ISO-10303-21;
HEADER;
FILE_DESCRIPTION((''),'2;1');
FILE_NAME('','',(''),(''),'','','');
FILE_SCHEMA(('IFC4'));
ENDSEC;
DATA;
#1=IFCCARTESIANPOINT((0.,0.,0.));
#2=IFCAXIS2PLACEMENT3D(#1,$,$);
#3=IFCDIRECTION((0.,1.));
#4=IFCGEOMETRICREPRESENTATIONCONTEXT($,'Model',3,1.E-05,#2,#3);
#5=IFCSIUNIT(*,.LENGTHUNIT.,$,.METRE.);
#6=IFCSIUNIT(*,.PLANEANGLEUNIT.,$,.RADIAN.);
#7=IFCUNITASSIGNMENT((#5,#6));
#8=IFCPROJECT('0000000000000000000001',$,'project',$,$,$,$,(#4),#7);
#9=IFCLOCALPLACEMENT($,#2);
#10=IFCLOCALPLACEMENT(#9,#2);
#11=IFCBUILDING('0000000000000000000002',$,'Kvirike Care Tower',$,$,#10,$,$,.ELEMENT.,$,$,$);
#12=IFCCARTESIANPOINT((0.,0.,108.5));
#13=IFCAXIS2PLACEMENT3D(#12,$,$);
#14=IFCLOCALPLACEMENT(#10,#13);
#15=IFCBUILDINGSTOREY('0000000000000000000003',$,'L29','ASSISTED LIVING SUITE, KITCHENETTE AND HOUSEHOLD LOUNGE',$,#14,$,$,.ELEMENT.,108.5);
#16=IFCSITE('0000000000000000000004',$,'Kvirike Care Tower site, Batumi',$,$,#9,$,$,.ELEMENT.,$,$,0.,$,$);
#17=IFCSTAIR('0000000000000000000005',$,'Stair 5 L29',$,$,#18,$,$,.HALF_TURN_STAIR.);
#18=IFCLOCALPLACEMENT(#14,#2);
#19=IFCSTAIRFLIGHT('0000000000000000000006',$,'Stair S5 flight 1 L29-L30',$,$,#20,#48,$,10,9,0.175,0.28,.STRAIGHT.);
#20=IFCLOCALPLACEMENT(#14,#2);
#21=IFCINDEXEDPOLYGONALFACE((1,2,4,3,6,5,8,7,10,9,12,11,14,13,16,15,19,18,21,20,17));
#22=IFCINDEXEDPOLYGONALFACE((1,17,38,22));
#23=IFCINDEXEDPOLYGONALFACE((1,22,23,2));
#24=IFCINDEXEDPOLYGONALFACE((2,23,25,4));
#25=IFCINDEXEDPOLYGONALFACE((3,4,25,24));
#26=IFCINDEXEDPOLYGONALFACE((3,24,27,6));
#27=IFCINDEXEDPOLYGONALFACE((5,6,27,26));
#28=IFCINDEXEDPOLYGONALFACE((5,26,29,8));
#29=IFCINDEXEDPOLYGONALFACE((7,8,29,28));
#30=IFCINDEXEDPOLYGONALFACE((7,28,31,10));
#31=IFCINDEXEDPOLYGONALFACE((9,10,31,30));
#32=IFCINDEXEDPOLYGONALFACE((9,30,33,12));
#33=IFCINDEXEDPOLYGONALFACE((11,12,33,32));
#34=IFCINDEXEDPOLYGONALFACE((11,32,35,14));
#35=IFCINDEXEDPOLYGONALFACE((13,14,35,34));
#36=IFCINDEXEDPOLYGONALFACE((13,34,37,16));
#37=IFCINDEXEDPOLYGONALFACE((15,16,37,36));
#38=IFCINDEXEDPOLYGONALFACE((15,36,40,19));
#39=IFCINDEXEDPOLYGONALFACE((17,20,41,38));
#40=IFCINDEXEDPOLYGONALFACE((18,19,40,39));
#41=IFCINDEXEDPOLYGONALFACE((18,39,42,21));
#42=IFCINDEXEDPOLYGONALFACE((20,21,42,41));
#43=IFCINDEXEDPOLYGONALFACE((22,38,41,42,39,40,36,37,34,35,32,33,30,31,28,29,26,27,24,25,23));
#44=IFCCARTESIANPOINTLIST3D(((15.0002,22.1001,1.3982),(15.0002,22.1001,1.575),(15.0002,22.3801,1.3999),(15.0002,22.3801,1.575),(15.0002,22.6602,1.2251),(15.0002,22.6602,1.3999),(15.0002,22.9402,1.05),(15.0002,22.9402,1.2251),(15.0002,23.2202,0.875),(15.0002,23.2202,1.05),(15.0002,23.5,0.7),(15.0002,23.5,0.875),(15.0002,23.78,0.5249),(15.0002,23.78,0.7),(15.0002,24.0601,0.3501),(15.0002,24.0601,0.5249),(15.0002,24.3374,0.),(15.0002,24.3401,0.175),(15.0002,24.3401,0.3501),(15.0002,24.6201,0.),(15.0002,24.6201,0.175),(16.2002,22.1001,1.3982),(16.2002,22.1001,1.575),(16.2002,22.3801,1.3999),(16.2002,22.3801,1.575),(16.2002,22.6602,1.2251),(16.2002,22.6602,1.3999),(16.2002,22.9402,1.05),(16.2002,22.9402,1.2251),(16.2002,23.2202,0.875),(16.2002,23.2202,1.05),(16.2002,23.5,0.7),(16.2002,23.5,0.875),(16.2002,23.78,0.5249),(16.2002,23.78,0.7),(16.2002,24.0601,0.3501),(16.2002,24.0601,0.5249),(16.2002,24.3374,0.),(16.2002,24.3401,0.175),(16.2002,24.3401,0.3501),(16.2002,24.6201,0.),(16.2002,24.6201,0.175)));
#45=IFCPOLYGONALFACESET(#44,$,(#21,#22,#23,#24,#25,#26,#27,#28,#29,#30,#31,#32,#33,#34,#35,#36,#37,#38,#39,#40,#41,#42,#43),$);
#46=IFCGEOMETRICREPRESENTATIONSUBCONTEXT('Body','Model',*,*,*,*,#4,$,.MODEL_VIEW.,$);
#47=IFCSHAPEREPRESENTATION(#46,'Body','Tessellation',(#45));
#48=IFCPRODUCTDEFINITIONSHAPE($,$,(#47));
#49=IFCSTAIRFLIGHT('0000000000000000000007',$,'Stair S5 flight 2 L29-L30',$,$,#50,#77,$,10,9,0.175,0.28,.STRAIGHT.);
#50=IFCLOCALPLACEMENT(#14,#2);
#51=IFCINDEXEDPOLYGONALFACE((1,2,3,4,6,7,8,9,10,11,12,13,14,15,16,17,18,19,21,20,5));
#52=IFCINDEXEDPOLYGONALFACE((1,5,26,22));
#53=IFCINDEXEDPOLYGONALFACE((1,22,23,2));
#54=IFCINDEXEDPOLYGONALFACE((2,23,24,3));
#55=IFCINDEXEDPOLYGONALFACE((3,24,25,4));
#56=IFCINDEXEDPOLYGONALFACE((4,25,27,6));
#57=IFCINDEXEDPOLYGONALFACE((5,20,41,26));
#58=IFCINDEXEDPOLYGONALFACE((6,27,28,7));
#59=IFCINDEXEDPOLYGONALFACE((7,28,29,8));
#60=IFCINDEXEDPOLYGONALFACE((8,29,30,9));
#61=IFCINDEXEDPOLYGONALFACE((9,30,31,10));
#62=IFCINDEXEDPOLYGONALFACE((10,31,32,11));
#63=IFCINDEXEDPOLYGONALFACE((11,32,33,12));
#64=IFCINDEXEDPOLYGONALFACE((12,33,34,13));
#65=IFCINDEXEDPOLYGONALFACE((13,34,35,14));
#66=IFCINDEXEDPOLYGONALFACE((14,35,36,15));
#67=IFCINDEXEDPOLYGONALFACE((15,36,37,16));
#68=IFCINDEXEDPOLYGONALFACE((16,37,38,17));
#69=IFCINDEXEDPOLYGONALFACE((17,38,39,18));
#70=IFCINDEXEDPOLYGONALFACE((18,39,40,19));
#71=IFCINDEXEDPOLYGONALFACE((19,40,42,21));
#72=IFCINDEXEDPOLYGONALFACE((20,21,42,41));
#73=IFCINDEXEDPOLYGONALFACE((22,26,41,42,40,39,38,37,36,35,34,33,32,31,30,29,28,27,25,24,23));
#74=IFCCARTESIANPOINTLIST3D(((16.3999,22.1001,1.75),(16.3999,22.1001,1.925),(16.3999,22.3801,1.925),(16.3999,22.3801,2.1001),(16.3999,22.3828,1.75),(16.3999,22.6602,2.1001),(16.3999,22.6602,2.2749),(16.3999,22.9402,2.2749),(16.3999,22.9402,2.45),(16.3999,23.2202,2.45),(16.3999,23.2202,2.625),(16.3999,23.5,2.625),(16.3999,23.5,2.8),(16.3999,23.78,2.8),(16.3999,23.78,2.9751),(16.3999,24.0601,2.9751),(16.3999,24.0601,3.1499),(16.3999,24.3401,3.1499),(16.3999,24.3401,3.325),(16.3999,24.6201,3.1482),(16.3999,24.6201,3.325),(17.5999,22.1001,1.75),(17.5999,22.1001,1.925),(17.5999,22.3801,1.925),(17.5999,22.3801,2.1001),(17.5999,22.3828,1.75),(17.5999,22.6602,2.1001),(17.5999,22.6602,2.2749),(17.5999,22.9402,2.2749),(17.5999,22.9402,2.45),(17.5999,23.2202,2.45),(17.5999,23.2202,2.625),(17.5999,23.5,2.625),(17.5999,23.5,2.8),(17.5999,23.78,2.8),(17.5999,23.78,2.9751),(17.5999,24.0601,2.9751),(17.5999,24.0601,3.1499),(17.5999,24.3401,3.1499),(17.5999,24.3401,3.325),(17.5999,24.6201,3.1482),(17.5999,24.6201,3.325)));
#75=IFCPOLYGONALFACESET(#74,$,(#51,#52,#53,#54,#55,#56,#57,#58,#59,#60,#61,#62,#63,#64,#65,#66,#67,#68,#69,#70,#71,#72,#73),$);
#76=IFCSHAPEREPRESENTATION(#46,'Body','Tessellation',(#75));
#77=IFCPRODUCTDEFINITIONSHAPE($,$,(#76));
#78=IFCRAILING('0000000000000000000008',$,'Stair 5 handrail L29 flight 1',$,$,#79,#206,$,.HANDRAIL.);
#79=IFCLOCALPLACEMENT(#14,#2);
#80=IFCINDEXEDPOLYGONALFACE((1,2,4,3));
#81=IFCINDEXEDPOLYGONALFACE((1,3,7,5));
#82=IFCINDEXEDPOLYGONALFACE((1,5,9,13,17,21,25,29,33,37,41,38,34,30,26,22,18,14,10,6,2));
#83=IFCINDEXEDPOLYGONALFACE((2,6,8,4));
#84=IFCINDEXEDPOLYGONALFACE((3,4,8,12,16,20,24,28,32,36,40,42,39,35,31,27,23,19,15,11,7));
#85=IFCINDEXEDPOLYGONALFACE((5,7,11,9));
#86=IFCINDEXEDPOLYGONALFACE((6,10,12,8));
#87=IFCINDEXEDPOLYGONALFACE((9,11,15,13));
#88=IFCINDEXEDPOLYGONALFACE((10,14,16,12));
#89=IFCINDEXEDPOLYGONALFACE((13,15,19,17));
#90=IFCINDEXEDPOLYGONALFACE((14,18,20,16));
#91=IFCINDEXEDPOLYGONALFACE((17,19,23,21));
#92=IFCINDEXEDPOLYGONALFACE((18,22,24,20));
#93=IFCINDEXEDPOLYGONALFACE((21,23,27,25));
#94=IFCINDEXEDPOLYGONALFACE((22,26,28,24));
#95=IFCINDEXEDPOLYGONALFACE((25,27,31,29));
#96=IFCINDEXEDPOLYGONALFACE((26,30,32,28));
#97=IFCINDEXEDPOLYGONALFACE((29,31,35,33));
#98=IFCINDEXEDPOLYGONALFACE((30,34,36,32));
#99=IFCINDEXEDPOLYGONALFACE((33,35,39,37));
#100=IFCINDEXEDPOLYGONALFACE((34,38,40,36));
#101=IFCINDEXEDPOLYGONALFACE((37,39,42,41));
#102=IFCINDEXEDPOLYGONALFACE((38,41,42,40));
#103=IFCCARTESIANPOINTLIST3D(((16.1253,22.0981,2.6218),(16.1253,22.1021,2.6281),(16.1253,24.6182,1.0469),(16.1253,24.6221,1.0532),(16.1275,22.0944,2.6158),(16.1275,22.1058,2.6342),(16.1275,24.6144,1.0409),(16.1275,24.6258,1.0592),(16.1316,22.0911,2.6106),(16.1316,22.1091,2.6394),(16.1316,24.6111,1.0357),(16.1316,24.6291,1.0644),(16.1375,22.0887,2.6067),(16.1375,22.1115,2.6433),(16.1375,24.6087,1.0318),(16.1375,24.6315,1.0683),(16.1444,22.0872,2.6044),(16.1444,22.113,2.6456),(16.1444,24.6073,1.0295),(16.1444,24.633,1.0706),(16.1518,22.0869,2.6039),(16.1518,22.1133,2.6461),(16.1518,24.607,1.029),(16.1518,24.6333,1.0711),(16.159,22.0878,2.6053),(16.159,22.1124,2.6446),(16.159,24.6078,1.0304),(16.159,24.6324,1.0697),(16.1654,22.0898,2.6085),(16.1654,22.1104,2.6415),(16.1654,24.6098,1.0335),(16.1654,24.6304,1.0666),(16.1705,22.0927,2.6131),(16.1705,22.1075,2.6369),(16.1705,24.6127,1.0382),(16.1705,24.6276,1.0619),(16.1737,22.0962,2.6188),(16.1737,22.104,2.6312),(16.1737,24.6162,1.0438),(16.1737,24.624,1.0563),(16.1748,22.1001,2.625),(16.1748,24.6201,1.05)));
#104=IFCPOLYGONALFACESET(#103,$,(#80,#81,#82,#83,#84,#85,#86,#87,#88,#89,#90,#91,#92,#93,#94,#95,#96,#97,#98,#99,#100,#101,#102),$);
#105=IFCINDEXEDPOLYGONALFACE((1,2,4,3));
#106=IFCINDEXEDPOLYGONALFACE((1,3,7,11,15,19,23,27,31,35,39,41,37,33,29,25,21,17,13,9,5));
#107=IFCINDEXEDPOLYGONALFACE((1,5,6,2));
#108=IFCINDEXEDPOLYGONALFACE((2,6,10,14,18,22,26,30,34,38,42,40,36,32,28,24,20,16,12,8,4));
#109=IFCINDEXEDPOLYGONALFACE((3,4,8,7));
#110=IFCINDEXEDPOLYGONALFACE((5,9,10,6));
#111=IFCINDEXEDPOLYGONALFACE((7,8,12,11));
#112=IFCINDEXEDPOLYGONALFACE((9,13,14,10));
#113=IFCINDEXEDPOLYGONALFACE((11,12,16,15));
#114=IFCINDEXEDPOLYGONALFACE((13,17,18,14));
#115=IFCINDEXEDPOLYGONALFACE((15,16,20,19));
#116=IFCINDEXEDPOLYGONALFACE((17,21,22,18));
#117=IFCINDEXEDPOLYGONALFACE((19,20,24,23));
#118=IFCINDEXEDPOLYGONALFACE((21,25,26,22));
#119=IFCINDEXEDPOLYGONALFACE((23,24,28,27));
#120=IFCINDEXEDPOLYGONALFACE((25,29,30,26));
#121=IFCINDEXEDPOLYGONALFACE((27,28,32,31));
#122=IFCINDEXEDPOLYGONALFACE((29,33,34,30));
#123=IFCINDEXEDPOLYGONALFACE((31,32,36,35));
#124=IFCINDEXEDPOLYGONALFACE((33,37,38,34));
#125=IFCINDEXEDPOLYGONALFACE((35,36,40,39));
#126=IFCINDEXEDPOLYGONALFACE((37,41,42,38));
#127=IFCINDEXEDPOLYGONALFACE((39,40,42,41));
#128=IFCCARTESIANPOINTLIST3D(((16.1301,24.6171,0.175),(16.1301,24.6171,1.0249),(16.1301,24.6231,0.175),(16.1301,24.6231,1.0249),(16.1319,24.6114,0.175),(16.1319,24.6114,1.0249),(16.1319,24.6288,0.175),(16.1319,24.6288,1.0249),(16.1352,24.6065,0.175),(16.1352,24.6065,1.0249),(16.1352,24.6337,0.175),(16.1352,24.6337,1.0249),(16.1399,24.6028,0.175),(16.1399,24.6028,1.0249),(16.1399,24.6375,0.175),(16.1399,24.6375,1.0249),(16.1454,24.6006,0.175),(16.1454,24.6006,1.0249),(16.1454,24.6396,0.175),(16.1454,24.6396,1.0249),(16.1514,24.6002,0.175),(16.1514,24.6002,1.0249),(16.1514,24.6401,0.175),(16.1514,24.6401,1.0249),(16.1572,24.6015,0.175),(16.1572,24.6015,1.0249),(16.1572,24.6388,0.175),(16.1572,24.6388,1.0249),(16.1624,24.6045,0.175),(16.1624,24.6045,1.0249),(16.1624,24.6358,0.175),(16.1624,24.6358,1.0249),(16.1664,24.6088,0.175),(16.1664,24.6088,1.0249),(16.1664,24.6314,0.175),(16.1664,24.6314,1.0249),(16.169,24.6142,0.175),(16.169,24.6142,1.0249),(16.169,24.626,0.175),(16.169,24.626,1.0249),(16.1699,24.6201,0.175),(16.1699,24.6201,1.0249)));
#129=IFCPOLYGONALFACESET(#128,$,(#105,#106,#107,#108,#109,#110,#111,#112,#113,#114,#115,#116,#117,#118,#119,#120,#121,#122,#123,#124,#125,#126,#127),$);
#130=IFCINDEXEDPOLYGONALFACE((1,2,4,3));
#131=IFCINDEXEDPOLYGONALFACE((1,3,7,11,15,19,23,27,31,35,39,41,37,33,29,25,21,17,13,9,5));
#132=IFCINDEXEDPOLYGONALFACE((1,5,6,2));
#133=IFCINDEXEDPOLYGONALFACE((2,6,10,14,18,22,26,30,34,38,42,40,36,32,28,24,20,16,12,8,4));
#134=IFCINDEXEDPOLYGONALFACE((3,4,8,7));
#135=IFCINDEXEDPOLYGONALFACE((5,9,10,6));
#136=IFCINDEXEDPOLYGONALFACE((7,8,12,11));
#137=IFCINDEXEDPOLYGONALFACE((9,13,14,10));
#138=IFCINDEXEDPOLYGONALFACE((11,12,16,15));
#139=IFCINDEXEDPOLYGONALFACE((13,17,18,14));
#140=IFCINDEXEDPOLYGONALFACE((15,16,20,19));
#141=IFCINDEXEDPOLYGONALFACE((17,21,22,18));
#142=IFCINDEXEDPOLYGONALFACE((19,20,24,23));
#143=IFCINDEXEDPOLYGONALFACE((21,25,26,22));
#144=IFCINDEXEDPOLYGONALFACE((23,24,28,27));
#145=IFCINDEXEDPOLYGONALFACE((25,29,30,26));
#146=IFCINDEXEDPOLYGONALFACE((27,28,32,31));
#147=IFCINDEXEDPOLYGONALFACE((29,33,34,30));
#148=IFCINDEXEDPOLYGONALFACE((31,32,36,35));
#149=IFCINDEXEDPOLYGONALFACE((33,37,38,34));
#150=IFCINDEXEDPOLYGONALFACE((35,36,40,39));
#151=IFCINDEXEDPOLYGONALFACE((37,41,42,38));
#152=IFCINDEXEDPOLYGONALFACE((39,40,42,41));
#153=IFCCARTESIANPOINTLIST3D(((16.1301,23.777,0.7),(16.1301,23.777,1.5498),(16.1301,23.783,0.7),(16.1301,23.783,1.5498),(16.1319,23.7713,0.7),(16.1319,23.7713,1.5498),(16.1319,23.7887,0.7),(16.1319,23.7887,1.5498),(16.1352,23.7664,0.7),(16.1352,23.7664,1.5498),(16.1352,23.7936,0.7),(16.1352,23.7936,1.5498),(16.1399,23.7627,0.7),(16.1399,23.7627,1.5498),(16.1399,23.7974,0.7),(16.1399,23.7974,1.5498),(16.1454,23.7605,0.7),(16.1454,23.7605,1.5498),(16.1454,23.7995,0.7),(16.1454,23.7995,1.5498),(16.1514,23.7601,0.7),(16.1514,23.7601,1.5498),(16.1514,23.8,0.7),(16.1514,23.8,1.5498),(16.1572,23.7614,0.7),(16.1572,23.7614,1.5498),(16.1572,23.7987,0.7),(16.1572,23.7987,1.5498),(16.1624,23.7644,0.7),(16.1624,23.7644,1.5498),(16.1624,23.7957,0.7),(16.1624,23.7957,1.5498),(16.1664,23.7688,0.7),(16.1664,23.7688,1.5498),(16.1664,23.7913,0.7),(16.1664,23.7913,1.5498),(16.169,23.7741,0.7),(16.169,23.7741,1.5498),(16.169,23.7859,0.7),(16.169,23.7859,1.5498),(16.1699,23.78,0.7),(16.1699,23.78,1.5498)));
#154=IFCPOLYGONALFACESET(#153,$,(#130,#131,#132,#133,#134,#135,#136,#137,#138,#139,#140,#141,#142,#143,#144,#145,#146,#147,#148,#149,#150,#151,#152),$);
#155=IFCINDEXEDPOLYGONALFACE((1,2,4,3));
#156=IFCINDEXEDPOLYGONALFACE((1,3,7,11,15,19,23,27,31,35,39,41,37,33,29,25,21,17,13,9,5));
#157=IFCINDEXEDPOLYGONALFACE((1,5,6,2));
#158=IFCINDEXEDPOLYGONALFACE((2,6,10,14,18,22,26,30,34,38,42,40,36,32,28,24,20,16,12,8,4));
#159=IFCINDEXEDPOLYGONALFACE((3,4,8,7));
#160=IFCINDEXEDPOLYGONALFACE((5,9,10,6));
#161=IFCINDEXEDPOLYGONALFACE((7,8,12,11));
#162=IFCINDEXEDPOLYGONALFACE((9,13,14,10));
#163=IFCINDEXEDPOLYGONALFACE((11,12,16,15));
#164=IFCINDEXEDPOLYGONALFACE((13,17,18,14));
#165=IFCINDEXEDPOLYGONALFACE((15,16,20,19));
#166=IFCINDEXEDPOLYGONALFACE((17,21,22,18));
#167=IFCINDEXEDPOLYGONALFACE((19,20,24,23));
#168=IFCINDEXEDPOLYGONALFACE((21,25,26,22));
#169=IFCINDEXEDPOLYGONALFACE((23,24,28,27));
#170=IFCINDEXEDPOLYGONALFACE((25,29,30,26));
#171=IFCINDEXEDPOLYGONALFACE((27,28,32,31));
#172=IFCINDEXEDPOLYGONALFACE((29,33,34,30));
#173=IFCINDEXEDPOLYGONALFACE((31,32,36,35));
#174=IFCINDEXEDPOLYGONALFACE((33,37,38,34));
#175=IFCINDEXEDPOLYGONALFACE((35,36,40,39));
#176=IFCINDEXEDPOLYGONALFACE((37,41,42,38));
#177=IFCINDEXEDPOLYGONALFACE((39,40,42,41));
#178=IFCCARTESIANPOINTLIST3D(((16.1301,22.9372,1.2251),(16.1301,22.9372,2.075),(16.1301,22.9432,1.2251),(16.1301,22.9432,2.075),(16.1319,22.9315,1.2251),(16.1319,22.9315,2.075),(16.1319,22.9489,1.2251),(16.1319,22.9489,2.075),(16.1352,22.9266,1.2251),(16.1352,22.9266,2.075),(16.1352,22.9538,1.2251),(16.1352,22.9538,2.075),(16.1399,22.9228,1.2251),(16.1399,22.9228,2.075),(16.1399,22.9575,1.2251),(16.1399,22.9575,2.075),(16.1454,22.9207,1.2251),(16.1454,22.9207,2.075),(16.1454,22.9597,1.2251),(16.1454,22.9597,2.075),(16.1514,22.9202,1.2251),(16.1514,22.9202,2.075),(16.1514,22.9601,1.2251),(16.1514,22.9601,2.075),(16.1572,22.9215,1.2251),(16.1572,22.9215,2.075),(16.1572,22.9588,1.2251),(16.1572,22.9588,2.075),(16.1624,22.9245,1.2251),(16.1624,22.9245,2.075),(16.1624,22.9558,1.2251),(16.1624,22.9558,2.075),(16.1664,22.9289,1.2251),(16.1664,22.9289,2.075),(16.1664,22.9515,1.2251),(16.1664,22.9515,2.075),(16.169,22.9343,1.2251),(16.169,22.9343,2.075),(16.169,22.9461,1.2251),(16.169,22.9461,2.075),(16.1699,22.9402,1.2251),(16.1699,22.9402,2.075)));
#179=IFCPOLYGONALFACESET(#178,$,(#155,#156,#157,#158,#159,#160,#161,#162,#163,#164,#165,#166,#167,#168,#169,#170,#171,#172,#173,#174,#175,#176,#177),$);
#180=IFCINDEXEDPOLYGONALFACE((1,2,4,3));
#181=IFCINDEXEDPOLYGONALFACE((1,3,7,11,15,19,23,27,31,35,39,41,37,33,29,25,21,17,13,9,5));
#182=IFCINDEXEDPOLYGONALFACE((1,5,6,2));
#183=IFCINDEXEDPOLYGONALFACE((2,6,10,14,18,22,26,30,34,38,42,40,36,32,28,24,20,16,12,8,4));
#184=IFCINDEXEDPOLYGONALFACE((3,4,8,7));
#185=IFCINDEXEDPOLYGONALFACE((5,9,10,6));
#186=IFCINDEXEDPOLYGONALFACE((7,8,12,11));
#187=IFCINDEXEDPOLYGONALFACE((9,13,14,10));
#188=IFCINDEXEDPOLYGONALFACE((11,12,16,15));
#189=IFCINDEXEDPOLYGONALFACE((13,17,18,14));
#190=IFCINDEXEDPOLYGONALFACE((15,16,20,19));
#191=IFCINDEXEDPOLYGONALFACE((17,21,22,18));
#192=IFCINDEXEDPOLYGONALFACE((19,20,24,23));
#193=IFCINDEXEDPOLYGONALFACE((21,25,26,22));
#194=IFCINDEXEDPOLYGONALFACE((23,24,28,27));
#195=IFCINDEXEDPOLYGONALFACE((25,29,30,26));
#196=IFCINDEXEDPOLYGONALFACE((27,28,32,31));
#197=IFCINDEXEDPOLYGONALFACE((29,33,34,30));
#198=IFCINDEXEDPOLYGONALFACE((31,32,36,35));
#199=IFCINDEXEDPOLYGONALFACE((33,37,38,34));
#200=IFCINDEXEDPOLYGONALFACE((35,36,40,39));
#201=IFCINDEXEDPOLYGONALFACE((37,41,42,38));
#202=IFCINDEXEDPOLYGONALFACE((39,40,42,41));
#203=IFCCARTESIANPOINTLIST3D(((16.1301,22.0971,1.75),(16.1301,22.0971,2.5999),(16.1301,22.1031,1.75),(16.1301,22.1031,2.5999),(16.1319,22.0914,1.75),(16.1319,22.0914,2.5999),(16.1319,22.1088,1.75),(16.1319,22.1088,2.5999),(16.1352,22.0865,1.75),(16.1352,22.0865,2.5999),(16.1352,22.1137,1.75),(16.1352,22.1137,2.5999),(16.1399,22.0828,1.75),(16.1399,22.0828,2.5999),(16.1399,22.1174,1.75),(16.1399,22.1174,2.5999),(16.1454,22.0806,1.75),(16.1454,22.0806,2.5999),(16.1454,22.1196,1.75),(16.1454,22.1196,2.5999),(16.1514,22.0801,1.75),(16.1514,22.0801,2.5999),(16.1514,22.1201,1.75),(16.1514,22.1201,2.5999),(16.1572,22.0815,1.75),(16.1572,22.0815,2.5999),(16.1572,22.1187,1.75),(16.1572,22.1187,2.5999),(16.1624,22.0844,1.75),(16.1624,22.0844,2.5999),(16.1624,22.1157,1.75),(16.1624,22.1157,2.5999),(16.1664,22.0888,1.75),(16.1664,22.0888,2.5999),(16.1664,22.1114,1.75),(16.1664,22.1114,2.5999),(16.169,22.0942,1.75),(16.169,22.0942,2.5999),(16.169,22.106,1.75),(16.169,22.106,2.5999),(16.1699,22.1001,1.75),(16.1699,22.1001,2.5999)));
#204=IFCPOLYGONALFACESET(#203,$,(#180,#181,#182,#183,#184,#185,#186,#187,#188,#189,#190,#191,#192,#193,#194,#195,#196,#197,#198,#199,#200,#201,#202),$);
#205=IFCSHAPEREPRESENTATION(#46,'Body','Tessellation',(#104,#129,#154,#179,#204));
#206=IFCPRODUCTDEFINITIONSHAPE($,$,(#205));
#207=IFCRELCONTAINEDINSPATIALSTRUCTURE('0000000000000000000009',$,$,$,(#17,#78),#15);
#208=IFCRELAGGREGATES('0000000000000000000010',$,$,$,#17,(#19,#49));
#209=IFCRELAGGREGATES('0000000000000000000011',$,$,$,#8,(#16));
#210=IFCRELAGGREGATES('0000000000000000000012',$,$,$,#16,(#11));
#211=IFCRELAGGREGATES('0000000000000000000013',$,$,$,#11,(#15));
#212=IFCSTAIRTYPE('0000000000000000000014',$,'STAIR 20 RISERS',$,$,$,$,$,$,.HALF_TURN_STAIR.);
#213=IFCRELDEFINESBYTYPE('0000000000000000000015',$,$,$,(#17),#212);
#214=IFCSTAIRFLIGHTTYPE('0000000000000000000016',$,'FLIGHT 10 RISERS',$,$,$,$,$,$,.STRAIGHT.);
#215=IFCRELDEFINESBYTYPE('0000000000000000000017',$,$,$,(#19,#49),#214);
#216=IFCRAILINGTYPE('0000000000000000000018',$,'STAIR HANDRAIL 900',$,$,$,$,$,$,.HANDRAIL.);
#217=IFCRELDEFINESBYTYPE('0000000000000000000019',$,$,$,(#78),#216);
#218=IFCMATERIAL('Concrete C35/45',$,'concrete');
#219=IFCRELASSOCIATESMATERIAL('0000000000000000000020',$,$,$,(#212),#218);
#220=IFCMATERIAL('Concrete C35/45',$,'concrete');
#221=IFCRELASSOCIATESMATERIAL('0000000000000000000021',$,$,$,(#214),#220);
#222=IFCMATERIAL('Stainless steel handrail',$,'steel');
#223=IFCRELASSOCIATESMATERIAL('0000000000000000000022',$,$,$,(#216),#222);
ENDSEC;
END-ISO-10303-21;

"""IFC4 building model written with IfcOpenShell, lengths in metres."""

from ifc_helpers import new_model, si_unit, direction, frame, origin, origin_2d, place, context, subcontext, project, spatial, polyline, circle, outline, extrude, material, type_object, element, aggregate, save


model = new_model("IFC4")

# Units and contexts
model_context = context("Model", 3, precision=1e-05, world=origin(), true_north=direction((0.0, 1.0)))
body_context = subcontext(model_context, "Body", "Model", "MODEL_VIEW")
ifc_project = project(units=[si_unit("LENGTHUNIT", "METRE"), si_unit("PLANEANGLEUNIT", "RADIAN")], contexts=[model_context])

# Site, building, storey
site_placement = place(None, origin())
site = spatial("IfcSite", under=ifc_project, at=site_placement, Name="Kvirike Care Tower site, Batumi", CompositionType="ELEMENT", RefElevation=0.0)
building_placement = place(site_placement, origin())
building = spatial("IfcBuilding", under=site, at=building_placement, Name="Kvirike Care Tower", CompositionType="ELEMENT")
storey_placement = place(building_placement, frame((0.0, 0.0, 108.5)))
storey = spatial("IfcBuildingStorey", under=building, at=storey_placement, Name="L29", Description="ASSISTED LIVING SUITE, KITCHENETTE AND HOUSEHOLD LOUNGE", CompositionType="ELEMENT", Elevation=108.5)

# Stair, stair flights
ifc_material_1 = material(Name="Concrete C35/45", Category="concrete")
stair_type = type_object("IfcStairType", Name="STAIR 20 RISERS", PredefinedType="HALF_TURN_STAIR", material=ifc_material_1)
stair_placement = place(storey_placement, origin())
stair = element("IfcStair", 1, at=stair_placement, inside=storey, type_object=stair_type, Name="Stair 5 L29", PredefinedType="HALF_TURN_STAIR")
ifc_material_2 = material(Name="Concrete C35/45", Category="concrete")
stair_flight_type = type_object("IfcStairFlightType", Name="FLIGHT 10 RISERS", PredefinedType="STRAIGHT", material=ifc_material_2)
stair_flight_1_placement = place(storey_placement, frame((15.6001, 24.6201, 0.0), z_axis=(0.0, 0.0, 1.0), x_axis=(0.0, -1.0, 0.0)))
stair_flight_1 = element("IfcStairFlight", 2, at=stair_flight_1_placement, type_object=stair_flight_type, Name="Stair S5 flight 1 L29-L30", NumberOfRisers=10, NumberOfTreads=9, PredefinedType="STRAIGHT", RiserHeight=0.175, TreadLength=0.28, context=body_context, shape_type="SweptSolid", body=[
    extrude(outline(polyline([(0.0, 0.0), (0.0, 0.175), (0.28, 0.175), (0.28, 0.3501), (0.5601, 0.3501), (0.5601, 0.5249), (0.8401, 0.5249), (0.8401, 0.7), (1.1201, 0.7), (1.1201, 0.875), (1.3999, 0.875), (1.3999, 1.05), (1.6799, 1.05), (1.6799, 1.2251), (1.96, 1.2251), (1.96, 1.3999), (2.24, 1.3999), (2.24, 1.575), (2.52, 1.575), (2.52, 1.75), (2.52, 1.3982), (0.2827, 0.0), (0.0, 0.0)])), frame((0.0, 0.6001, 0.0), z_axis=(0.0, -1.0, 0.0), x_axis=(1.0, 0.0, 0.0)), (0.0, 0.0, 1.0), 1.2),
])
stair_flight_2_placement = place(storey_placement, frame((17.0, 22.1001, 1.75), z_axis=(0.0, 0.0, 1.0), x_axis=(0.0, 1.0, 0.0)))
stair_flight_2 = element("IfcStairFlight", 3, at=stair_flight_2_placement, type_object=stair_flight_type, Name="Stair S5 flight 2 L29-L30", NumberOfRisers=10, NumberOfTreads=9, PredefinedType="STRAIGHT", RiserHeight=0.175, TreadLength=0.28, context=body_context, shape_type="SweptSolid", body=[
    extrude(outline(polyline([(0.0, 0.0), (0.0, 0.175), (0.28, 0.175), (0.28, 0.3501), (0.5601, 0.3501), (0.5601, 0.5249), (0.8401, 0.5249), (0.8401, 0.7), (1.1201, 0.7), (1.1201, 0.875), (1.3999, 0.875), (1.3999, 1.05), (1.6799, 1.05), (1.6799, 1.2251), (1.96, 1.2251), (1.96, 1.3999), (2.24, 1.3999), (2.24, 1.575), (2.52, 1.575), (2.52, 1.75), (2.52, 1.3982), (0.2827, 0.0), (0.0, 0.0)])), frame((0.0, 0.6001, 0.0), z_axis=(0.0, -1.0, 0.0), x_axis=(1.0, 0.0, 0.0)), (0.0, 0.0, 1.0), 1.2),
])
aggregate(stair, [stair_flight_1, stair_flight_2])

# Railing
ifc_material_3 = material(Name="Stainless steel handrail", Category="steel")
railing_type = type_object("IfcRailingType", Name="STAIR HANDRAIL 900", PredefinedType="HANDRAIL", material=ifc_material_3)
railing_1_placement = place(storey_placement, frame((16.1499, 24.6201, 0.175)))
element("IfcRailing", 4, at=railing_1_placement, inside=storey, type_object=railing_type, Name="Stair 5 handrail L29 flight 1", PredefinedType="HANDRAIL", context=body_context, shape_type="SweptSolid", body=[
    extrude(circle(Radius=0.0249, at=origin_2d()), frame((0.0, 0.0, 0.875), z_axis=(0.0, -0.848008, 0.529984), x_axis=(1.0, 0.0, 0.0)), (0.0, 0.0, 1.0), 2.9717),
    extrude(circle(Radius=0.02, at=origin_2d()), origin(), (0.0, 0.0, 1.0), 0.8499),
    extrude(circle(Radius=0.02, at=origin_2d()), frame((0.0, -0.8401, 0.5249)), (0.0, 0.0, 1.0), 0.8499),
    extrude(circle(Radius=0.02, at=origin_2d()), frame((0.0, -1.6799, 1.05)), (0.0, 0.0, 1.0), 0.8499),
    extrude(circle(Radius=0.02, at=origin_2d()), frame((0.0, -2.52, 1.575)), (0.0, 0.0, 1.0), 0.8499),
])

save(model, "model.ifc")
